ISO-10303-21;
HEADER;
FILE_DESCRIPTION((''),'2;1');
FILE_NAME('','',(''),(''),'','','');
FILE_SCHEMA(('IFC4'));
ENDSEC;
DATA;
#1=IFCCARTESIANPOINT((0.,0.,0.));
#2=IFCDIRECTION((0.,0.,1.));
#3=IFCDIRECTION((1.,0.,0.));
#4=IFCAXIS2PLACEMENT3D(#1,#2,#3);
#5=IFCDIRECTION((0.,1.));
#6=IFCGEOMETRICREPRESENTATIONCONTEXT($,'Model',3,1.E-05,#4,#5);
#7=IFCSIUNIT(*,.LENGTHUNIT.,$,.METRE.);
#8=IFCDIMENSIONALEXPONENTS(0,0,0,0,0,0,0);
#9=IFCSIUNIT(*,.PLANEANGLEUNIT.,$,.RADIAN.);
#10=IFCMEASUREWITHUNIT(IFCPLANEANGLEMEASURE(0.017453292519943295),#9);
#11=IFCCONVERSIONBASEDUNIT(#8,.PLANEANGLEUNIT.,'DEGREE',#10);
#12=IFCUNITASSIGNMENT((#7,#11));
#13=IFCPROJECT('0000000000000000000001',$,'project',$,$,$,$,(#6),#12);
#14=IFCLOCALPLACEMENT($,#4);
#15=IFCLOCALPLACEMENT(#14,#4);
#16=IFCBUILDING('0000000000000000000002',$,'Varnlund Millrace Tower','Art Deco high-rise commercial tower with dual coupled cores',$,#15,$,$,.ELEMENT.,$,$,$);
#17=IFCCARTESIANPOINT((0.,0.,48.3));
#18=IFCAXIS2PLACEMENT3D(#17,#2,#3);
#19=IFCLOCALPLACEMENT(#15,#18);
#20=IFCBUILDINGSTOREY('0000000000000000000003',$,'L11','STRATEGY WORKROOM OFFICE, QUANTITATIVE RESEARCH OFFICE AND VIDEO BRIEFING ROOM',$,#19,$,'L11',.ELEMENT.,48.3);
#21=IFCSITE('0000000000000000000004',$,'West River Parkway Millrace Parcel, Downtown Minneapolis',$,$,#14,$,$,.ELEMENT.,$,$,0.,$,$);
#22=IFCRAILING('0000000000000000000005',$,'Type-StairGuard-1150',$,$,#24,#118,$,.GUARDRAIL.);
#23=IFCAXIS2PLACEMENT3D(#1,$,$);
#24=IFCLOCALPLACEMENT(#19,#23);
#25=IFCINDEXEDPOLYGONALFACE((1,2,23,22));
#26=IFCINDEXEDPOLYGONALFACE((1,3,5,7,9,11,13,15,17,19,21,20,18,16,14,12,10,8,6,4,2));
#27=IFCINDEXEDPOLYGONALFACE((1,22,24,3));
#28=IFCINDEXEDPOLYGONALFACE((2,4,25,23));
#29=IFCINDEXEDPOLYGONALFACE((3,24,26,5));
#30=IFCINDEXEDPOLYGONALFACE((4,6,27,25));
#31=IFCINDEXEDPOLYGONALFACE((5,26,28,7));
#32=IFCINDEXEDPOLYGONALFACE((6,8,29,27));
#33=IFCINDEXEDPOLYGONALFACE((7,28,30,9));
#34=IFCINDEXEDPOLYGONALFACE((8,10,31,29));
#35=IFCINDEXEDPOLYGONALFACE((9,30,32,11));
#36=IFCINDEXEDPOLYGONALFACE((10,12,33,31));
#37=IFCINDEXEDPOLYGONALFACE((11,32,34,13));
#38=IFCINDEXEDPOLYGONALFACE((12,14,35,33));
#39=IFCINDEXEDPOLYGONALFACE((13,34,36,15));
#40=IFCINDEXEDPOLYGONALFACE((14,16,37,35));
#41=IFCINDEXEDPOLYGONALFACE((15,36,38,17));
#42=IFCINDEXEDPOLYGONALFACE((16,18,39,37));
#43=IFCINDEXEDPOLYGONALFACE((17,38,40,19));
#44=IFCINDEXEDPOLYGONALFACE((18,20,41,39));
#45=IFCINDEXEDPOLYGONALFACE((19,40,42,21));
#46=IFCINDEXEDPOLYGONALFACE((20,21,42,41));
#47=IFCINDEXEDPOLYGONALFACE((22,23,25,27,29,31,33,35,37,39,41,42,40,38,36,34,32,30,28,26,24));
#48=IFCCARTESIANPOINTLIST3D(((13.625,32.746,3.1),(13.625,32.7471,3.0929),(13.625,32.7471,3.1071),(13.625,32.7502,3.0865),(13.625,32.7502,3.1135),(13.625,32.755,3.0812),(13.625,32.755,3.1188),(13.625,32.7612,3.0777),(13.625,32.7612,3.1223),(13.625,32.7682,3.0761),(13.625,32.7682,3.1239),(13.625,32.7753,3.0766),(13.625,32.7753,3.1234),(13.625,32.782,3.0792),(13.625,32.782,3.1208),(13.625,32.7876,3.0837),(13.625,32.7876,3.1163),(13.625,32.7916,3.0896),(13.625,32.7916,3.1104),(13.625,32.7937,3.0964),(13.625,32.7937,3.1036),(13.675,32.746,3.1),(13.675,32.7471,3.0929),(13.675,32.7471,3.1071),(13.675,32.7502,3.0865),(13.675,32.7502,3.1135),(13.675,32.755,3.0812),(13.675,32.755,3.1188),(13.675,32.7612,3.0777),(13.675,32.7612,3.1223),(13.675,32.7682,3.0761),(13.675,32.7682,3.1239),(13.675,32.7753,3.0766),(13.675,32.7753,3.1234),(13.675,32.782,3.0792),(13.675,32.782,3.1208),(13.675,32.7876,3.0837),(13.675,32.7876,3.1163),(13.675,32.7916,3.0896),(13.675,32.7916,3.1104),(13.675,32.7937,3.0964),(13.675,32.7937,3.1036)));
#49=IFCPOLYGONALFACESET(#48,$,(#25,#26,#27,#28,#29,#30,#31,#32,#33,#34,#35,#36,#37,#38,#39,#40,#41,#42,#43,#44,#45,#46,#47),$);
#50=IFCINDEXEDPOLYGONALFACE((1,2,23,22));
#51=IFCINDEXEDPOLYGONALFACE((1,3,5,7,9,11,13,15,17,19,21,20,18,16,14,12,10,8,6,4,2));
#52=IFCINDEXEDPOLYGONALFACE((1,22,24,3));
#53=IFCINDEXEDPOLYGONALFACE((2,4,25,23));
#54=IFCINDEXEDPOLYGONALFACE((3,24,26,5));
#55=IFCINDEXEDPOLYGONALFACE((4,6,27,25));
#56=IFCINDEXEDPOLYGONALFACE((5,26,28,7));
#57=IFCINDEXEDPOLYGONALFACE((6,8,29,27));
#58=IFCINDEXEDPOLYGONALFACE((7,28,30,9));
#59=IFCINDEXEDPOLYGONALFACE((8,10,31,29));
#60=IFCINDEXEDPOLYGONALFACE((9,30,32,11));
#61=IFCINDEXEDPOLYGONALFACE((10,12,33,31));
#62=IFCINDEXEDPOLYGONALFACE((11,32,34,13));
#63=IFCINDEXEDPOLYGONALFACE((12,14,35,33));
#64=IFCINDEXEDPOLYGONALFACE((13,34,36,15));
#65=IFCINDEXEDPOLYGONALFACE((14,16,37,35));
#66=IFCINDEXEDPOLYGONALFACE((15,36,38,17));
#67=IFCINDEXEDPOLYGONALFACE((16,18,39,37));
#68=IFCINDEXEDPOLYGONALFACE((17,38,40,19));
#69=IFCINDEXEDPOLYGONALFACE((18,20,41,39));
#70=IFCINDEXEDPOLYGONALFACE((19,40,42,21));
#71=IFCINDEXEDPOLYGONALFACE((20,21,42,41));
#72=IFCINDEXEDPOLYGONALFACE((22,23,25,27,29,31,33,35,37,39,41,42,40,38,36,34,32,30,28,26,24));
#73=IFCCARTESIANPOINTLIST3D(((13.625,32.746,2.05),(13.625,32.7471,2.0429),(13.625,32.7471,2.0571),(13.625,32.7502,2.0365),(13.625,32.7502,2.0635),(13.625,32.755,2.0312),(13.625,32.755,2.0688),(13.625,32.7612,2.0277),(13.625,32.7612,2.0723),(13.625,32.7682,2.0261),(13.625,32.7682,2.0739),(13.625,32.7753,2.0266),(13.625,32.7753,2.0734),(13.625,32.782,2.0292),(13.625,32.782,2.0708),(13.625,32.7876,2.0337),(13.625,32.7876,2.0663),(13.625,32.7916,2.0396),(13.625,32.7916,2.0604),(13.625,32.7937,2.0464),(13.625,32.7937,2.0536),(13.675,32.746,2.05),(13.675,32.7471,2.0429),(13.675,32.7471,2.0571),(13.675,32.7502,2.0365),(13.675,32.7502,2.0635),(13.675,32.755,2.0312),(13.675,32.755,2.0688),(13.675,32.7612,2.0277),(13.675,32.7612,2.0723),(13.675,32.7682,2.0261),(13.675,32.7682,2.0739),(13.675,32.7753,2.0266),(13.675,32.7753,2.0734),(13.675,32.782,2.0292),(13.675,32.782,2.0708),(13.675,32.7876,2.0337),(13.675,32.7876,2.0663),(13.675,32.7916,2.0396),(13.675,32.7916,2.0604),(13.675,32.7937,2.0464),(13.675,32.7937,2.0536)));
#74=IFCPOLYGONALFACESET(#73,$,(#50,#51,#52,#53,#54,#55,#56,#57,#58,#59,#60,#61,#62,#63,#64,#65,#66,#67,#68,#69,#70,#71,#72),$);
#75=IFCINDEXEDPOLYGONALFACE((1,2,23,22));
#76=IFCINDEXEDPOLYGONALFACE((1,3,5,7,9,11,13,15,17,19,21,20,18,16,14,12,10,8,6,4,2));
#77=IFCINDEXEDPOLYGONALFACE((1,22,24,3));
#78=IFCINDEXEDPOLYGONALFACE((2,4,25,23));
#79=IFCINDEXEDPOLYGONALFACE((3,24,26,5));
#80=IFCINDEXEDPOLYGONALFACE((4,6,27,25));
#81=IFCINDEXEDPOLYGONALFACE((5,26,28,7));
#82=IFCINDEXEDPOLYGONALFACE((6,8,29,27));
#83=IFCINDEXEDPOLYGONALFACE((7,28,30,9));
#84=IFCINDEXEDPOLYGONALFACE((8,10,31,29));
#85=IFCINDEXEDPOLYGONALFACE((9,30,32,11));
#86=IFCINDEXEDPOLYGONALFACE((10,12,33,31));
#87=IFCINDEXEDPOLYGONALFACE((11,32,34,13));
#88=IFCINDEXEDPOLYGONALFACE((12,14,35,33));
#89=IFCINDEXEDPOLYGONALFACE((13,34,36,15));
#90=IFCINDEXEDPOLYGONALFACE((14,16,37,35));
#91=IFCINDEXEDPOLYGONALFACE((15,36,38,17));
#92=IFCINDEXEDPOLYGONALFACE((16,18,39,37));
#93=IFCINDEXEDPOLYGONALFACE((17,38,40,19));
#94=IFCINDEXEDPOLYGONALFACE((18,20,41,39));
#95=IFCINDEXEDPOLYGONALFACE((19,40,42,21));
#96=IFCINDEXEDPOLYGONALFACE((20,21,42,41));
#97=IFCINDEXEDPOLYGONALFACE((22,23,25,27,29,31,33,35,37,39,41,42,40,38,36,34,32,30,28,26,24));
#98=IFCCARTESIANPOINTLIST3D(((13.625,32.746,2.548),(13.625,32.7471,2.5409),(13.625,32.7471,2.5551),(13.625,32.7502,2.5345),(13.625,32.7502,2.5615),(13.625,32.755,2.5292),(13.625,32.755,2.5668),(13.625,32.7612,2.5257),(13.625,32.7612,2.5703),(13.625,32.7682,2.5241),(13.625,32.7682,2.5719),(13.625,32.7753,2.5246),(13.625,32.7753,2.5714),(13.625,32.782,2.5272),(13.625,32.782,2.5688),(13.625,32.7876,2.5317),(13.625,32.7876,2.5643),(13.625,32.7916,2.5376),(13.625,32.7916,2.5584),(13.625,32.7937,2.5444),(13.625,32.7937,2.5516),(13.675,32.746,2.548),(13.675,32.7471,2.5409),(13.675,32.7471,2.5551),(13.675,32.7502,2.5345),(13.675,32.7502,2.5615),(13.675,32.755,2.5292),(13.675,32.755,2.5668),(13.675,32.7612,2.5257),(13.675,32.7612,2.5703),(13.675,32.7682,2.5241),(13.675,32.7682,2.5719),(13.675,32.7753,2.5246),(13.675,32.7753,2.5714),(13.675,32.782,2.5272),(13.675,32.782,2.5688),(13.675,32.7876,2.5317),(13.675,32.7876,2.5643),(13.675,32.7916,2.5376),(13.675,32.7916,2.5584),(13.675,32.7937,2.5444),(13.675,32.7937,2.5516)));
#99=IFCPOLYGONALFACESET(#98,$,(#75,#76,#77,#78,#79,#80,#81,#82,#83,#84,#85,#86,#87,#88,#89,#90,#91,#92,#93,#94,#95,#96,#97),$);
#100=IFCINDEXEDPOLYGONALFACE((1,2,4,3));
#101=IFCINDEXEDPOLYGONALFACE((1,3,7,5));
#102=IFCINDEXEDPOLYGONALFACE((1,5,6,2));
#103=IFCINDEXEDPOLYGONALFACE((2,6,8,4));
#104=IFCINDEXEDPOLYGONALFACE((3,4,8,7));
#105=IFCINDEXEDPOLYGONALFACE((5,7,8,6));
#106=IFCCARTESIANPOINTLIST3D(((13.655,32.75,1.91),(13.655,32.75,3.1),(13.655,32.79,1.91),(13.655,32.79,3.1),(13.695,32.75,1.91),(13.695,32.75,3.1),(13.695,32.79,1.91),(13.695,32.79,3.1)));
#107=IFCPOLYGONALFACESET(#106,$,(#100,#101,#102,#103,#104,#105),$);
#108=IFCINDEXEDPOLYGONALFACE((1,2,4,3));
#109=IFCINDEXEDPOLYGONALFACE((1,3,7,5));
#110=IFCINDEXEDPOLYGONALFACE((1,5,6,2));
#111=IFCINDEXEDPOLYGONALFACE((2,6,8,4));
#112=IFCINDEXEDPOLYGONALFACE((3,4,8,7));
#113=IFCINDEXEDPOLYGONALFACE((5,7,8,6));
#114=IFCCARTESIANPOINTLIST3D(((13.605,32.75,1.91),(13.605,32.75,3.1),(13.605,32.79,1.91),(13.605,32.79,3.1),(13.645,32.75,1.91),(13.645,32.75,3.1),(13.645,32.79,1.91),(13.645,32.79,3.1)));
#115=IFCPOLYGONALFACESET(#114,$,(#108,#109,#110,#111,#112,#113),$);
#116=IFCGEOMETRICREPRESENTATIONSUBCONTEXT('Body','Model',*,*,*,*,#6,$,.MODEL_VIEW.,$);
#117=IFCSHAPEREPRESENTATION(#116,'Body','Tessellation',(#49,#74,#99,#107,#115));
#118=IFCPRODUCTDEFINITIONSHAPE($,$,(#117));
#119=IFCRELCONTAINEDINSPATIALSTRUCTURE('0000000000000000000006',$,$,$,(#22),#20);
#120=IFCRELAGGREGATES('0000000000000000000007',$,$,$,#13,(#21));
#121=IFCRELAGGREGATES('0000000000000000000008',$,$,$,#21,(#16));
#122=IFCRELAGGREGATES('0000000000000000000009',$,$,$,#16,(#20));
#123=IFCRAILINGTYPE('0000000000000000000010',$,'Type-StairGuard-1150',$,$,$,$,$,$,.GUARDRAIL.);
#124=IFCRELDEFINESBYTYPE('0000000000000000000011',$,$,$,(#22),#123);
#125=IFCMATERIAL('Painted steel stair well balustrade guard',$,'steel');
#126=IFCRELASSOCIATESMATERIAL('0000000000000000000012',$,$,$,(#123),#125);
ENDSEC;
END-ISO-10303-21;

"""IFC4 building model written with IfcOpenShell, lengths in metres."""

from ifc_helpers import new_model, entity, si_unit, converted_unit, direction, frame, origin_with_axes, origin_2d_with_axis, place, context, subcontext, project, spatial, rectangle, circle, extrude, material, type_object, element, save


model = new_model("IFC4")

# Units and contexts
model_context = context("Model", 3, precision=1e-05, world=origin_with_axes(), true_north=direction((0.0, 1.0)))
body_context = subcontext(model_context, "Body", "Model", "MODEL_VIEW")
ifc_project = project(units=[si_unit("LENGTHUNIT", "METRE"), converted_unit("PLANEANGLEUNIT", "DEGREE", entity("IfcPlaneAngleMeasure", 0.017453292519943295), si_unit("PLANEANGLEUNIT", "RADIAN"), dimensions=[0, 0, 0, 0, 0, 0, 0])], contexts=[model_context])

# Site, building, storey
site_placement = place(None, origin_with_axes())
site = spatial("IfcSite", under=ifc_project, at=site_placement, Name="West River Parkway Millrace Parcel, Downtown Minneapolis", CompositionType="ELEMENT", RefElevation=0.0)
building_placement = place(site_placement, origin_with_axes())
building = spatial("IfcBuilding", under=site, at=building_placement, Name="Varnlund Millrace Tower", Description="Art Deco high-rise commercial tower with dual coupled cores", CompositionType="ELEMENT")
storey_placement = place(building_placement, frame((0.0, 0.0, 48.3), z_axis=(0.0, 0.0, 1.0), x_axis=(1.0, 0.0, 0.0)))
storey = spatial("IfcBuildingStorey", under=building, at=storey_placement, Name="L11", Description="STRATEGY WORKROOM OFFICE, QUANTITATIVE RESEARCH OFFICE AND VIDEO BRIEFING ROOM", LongName="L11", CompositionType="ELEMENT", Elevation=48.3)

# Railing
ifc_material_1 = material(Name="Painted steel stair well balustrade guard", Category="steel")
railing_type_1 = type_object("IfcRailingType", Name="Type-StairGuard-1150", PredefinedType="GUARDRAIL", material=ifc_material_1)
railing_1_placement = place(storey_placement, frame((0.0, 0.0, -48.3), z_axis=(0.0, 0.0, 1.0), x_axis=(1.0, 0.0, 0.0)))
element("IfcRailing", 1, at=railing_1_placement, inside=storey, type_object=railing_type_1, Name="Type-StairGuard-1150", PredefinedType="GUARDRAIL", context=body_context, shape_type="SweptSolid", body=[
    extrude(circle(Radius=0.024, at=origin_2d_with_axis()), frame((13.675, 32.77, 51.4), z_axis=(-1.0, 0.0, 0.0), x_axis=(0.0, -1.0, 0.0)), (0.0, 0.0, 1.0), 0.05),
    extrude(circle(Radius=0.024, at=origin_2d_with_axis()), frame((13.675, 32.77, 50.35), z_axis=(-1.0, 0.0, 0.0), x_axis=(0.0, -1.0, 0.0)), (0.0, 0.0, 1.0), 0.05),
    extrude(circle(Radius=0.024, at=origin_2d_with_axis()), frame((13.675, 32.77, 50.848), z_axis=(-1.0, 0.0, 0.0), x_axis=(0.0, -1.0, 0.0)), (0.0, 0.0, 1.0), 0.05),
    extrude(rectangle(XDim=0.04, YDim=0.04, at=origin_2d_with_axis()), frame((13.675, 32.77, 50.21), z_axis=(0.0, 0.0, 1.0), x_axis=(1.0, 0.0, 0.0)), (0.0, 0.0, 1.0), 1.19),
    extrude(rectangle(XDim=0.04, YDim=0.04, at=origin_2d_with_axis()), frame((13.625, 32.77, 50.21), z_axis=(0.0, 0.0, 1.0), x_axis=(1.0, 0.0, 0.0)), (0.0, 0.0, 1.0), 1.19),
])

save(model, "model.ifc")
